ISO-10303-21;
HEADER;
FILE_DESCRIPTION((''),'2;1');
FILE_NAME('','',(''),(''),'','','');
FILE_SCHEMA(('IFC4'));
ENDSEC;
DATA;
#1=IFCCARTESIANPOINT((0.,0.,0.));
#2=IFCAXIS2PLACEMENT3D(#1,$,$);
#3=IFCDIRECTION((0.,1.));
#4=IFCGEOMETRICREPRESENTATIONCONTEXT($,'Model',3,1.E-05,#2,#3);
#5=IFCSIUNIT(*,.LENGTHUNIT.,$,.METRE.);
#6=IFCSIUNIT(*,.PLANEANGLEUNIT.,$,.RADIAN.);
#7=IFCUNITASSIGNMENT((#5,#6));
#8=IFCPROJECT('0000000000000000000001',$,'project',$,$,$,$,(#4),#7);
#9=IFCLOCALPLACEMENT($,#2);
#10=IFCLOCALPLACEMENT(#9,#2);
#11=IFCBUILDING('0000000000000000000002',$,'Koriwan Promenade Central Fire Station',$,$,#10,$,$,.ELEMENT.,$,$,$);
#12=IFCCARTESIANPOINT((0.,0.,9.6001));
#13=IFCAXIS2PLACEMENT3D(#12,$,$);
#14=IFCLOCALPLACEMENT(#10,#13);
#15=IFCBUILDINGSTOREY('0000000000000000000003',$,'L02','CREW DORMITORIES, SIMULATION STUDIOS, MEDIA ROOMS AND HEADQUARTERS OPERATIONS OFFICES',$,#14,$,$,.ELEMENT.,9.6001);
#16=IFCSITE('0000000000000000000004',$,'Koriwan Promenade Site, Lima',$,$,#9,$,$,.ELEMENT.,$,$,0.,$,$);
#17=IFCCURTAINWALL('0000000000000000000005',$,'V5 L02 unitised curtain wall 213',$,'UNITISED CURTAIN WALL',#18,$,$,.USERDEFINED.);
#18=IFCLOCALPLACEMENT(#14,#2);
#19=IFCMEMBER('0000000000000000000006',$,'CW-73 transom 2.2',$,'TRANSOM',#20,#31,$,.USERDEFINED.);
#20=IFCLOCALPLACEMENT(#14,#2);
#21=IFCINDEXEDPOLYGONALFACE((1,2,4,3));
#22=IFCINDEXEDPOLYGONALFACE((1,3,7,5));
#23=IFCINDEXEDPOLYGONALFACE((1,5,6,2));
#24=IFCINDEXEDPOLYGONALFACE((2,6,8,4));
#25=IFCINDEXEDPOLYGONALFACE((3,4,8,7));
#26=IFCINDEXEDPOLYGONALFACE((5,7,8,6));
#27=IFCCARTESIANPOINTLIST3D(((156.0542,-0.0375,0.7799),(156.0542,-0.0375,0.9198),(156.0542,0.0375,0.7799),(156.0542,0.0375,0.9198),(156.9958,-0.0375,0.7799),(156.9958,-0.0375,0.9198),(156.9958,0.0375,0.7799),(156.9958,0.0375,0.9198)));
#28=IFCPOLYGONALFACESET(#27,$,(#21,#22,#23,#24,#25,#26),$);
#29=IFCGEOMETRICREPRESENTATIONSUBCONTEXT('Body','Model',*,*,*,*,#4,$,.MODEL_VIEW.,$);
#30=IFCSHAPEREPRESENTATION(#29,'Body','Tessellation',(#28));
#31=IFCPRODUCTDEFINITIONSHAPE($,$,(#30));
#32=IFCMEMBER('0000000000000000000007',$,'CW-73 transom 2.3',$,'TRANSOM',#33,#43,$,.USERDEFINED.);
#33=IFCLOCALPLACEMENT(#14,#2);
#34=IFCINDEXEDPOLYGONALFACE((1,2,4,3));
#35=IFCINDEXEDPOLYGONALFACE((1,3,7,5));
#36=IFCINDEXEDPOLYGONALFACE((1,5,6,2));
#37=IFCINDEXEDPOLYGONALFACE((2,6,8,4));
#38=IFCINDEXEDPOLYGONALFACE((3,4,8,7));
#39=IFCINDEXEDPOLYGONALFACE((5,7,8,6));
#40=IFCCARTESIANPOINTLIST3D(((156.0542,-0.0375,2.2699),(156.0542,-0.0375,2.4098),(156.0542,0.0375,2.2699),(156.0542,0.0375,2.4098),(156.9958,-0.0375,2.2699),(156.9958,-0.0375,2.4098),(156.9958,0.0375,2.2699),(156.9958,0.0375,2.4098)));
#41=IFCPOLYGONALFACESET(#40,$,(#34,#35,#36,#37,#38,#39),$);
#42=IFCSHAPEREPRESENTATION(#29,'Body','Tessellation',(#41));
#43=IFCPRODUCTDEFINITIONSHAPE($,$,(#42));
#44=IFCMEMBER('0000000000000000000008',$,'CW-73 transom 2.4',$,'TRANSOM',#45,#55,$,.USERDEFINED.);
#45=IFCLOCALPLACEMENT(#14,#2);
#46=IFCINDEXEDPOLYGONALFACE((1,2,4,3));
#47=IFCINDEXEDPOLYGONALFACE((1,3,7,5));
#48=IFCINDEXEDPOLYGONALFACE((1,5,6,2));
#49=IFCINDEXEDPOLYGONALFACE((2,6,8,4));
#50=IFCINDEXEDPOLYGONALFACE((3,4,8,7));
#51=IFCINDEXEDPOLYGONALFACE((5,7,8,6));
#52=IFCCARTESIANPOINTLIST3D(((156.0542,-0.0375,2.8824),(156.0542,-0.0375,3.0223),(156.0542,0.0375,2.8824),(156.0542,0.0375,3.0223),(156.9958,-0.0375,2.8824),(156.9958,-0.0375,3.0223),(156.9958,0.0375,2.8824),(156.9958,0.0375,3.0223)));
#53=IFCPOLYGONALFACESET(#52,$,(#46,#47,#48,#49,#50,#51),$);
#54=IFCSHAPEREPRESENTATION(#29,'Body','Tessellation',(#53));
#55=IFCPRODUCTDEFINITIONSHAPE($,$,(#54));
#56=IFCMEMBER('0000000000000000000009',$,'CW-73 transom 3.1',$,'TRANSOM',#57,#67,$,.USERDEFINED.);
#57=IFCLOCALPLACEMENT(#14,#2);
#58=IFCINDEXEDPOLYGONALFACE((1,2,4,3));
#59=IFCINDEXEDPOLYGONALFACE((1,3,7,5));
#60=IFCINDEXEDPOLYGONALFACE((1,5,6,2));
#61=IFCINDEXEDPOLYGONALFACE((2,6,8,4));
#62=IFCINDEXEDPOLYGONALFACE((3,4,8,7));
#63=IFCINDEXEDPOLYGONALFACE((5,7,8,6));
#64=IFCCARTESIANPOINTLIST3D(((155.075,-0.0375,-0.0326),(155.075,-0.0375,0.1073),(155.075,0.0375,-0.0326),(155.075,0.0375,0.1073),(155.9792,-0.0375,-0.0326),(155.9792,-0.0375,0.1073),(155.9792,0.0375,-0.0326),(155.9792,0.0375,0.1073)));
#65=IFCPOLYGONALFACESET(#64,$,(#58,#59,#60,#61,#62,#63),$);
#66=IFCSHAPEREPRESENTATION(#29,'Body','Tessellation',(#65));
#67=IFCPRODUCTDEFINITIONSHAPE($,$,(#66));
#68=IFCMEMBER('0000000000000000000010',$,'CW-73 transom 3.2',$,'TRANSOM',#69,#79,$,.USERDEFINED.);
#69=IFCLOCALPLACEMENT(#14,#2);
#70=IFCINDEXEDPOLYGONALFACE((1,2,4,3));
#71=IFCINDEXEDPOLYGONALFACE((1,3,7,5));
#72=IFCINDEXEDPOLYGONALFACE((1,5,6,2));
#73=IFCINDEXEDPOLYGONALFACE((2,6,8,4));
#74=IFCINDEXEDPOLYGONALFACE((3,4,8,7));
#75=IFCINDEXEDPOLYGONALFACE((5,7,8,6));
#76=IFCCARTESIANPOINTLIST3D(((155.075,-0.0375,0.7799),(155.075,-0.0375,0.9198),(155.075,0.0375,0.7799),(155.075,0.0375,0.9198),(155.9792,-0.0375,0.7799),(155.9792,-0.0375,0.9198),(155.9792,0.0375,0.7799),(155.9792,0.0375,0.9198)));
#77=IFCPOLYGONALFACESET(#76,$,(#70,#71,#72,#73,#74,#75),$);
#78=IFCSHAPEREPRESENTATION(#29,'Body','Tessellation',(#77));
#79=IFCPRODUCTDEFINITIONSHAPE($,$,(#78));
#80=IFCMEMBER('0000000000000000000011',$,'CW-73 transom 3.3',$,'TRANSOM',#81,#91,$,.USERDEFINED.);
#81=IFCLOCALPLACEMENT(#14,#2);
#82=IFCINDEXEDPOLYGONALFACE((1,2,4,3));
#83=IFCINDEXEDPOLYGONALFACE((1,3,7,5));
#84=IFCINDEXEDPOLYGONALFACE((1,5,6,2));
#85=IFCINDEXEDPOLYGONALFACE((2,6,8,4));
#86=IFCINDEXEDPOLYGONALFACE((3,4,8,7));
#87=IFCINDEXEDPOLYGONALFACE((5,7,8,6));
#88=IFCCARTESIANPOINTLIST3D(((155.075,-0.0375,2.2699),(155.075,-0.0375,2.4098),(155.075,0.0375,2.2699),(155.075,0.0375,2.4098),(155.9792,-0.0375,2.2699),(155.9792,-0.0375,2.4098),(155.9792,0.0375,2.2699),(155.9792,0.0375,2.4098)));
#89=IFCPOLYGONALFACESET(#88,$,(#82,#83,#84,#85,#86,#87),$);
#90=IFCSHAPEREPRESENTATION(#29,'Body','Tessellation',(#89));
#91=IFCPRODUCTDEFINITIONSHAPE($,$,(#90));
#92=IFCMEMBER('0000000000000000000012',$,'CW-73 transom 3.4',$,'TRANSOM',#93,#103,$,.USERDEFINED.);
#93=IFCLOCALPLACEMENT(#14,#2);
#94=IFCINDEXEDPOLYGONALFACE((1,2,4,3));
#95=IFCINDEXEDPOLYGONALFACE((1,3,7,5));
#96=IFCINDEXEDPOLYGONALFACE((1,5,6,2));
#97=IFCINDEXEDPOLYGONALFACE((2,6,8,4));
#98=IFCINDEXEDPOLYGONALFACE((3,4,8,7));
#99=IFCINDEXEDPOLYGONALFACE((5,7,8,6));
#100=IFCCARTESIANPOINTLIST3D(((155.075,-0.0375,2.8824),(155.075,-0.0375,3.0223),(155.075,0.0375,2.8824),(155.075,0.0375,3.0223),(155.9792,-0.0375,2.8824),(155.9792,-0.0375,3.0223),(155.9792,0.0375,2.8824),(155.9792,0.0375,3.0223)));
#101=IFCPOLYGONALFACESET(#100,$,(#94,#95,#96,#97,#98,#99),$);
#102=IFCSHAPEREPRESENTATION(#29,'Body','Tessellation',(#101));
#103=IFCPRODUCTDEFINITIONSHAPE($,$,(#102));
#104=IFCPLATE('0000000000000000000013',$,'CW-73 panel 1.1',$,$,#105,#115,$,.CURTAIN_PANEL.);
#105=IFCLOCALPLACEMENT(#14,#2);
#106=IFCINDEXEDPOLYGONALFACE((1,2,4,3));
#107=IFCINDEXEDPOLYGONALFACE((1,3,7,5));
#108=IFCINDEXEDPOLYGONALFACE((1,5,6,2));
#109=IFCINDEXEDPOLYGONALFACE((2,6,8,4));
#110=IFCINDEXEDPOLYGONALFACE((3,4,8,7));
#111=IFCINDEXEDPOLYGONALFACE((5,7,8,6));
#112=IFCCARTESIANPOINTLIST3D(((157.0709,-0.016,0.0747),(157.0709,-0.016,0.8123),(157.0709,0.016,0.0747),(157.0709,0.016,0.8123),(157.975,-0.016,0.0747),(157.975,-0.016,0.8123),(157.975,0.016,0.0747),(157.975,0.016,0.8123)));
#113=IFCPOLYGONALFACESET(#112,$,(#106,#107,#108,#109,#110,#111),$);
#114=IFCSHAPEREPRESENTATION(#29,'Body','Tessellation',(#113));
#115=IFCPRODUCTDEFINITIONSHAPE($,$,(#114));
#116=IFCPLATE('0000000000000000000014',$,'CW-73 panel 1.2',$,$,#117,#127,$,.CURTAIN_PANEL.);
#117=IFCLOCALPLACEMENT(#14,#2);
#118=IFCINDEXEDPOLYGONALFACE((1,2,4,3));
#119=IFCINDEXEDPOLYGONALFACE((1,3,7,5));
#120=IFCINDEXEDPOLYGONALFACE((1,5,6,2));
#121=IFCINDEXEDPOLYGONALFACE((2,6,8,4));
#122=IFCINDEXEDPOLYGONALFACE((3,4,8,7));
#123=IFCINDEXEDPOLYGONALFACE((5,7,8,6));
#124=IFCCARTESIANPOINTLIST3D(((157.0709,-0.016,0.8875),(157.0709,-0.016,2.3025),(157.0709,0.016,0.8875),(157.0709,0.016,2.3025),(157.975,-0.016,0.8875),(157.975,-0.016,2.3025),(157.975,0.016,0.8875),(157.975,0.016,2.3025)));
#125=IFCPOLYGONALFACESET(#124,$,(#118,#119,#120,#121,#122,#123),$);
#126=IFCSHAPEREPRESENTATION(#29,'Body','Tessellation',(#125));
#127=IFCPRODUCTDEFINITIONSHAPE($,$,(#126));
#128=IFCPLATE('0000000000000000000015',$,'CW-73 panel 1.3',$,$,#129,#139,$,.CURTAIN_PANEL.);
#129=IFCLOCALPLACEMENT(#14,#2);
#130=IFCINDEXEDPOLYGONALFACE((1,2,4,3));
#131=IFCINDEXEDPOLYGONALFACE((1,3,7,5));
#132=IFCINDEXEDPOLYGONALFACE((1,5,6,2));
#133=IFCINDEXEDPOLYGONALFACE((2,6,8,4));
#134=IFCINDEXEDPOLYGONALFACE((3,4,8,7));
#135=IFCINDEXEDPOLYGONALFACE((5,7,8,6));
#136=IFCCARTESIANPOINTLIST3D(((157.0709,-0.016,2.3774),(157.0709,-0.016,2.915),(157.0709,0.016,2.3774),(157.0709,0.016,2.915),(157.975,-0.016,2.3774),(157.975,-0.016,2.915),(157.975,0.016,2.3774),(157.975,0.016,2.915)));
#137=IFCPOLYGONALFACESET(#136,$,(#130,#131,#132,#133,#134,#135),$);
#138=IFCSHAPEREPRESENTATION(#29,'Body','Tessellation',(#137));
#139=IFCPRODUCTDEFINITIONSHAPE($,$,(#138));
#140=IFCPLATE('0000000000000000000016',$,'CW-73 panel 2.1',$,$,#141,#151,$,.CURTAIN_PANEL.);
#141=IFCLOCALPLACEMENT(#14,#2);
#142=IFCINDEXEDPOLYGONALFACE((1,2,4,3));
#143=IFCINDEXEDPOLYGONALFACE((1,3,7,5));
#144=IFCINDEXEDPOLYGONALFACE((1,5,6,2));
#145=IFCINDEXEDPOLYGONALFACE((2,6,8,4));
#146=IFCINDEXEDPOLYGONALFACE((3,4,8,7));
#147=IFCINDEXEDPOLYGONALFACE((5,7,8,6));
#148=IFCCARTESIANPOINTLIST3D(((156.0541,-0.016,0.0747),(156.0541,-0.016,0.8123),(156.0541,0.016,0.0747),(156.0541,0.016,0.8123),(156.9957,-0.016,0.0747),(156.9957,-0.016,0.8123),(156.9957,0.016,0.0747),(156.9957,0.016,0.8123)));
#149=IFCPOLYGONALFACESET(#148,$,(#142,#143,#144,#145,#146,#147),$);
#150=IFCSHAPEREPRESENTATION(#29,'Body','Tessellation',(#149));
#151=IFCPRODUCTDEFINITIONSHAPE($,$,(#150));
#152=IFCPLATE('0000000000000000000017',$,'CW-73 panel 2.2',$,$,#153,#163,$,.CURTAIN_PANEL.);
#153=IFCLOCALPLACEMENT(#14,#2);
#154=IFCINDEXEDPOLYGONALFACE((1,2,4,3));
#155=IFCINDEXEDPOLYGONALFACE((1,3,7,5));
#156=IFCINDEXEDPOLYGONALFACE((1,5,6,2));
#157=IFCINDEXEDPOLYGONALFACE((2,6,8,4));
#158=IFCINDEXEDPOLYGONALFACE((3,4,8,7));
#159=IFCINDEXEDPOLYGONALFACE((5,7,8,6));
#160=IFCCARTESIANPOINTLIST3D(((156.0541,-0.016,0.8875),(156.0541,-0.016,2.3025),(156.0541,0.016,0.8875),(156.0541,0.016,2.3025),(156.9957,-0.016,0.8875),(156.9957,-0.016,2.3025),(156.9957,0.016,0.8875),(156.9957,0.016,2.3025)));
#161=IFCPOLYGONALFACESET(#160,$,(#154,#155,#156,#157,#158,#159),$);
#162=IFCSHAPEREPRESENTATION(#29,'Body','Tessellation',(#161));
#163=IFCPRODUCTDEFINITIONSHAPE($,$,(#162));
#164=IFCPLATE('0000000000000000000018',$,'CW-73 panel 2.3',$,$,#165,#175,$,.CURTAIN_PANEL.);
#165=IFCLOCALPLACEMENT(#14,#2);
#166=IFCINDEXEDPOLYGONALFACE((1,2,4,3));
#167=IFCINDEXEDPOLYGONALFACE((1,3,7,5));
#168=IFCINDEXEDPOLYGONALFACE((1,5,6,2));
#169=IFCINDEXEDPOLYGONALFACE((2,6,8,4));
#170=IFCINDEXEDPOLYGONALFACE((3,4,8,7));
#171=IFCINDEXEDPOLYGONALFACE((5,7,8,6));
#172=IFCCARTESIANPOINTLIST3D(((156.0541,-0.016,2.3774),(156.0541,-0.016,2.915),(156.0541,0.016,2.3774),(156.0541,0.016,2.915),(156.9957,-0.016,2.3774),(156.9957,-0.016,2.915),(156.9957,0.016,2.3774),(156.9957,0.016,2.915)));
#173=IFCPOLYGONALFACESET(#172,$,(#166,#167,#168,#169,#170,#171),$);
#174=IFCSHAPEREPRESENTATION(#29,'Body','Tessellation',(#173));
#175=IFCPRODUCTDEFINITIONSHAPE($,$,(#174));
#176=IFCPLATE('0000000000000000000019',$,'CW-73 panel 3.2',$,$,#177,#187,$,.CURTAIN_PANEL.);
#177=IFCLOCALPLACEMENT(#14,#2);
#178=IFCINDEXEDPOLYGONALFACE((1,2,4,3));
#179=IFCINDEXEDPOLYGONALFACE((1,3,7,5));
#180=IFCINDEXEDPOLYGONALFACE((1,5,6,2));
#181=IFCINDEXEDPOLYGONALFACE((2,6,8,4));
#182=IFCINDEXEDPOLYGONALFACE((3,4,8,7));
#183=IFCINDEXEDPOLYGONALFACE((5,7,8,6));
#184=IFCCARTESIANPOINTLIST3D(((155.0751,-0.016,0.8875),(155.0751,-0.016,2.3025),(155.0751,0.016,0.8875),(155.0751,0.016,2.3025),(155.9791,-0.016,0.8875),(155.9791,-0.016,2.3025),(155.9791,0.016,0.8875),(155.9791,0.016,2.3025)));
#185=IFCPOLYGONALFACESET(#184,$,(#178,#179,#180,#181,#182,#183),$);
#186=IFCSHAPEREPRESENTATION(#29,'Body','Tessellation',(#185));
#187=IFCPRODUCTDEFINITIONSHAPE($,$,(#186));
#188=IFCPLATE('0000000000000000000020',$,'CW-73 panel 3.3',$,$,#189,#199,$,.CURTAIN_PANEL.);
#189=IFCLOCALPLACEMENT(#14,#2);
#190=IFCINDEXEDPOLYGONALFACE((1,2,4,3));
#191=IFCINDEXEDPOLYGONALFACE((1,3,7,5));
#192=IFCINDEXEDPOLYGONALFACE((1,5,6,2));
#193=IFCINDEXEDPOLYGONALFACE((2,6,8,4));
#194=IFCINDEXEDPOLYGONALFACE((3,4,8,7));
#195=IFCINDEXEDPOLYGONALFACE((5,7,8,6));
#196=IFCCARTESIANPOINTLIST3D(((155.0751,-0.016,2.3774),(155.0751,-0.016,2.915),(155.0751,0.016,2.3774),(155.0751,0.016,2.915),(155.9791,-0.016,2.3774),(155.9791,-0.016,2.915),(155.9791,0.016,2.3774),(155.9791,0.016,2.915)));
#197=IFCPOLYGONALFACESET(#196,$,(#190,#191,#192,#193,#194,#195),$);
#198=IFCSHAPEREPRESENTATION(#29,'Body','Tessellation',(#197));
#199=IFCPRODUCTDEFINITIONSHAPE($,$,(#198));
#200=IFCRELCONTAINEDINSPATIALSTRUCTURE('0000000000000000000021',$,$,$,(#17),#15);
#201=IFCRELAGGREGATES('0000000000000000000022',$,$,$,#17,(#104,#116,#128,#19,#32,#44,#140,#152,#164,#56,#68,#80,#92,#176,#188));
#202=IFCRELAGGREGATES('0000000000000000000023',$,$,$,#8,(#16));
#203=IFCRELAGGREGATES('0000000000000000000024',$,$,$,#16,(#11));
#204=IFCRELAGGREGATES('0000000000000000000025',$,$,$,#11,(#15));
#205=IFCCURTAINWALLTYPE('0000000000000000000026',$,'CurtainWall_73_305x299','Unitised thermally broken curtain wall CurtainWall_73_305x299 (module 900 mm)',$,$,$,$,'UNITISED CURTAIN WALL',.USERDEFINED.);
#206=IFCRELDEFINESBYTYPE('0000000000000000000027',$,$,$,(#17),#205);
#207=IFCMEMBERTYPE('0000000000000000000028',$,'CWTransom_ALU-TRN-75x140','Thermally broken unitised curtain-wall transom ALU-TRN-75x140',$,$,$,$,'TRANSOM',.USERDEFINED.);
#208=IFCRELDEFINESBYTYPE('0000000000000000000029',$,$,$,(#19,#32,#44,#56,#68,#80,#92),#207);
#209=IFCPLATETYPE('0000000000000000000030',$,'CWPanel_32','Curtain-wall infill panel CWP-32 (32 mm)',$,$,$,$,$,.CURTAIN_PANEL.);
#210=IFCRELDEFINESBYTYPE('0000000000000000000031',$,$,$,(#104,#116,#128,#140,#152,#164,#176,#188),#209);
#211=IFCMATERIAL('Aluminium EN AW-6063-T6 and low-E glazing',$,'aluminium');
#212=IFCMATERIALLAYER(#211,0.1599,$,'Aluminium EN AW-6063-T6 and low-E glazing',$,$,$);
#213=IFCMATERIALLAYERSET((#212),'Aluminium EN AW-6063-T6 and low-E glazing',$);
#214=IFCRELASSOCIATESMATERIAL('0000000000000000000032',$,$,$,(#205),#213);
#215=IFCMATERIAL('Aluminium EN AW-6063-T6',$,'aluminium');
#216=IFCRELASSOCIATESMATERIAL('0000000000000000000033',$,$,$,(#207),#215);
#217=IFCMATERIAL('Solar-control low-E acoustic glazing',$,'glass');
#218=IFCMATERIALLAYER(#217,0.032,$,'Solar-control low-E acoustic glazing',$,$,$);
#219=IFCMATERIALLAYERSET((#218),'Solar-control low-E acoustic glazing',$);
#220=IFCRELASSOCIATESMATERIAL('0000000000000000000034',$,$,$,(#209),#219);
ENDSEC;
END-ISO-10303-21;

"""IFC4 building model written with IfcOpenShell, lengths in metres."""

from ifc_helpers import new_model, si_unit, direction, frame, origin, origin_2d, place, context, subcontext, project, spatial, rectangle, extrude, material, layer, layer_set, material_profile, profile_set, type_object, element, aggregate, save


model = new_model("IFC4")

# Units and contexts
model_context = context("Model", 3, precision=1e-05, world=origin(), true_north=direction((0.0, 1.0)))
body_context = subcontext(model_context, "Body", "Model", "MODEL_VIEW")
ifc_project = project(units=[si_unit("LENGTHUNIT", "METRE"), si_unit("PLANEANGLEUNIT", "RADIAN")], contexts=[model_context])

# Site, building, storey
site_placement = place(None, origin())
site = spatial("IfcSite", under=ifc_project, at=site_placement, Name="Koriwan Promenade Site, Lima", CompositionType="ELEMENT", RefElevation=0.0)
building_placement = place(site_placement, origin())
building = spatial("IfcBuilding", under=site, at=building_placement, Name="Koriwan Promenade Central Fire Station", CompositionType="ELEMENT")
storey_placement = place(building_placement, frame((0.0, 0.0, 9.6001)))
storey = spatial("IfcBuildingStorey", under=building, at=storey_placement, Name="L02", Description="CREW DORMITORIES, SIMULATION STUDIOS, MEDIA ROOMS AND HEADQUARTERS OPERATIONS OFFICES", CompositionType="ELEMENT", Elevation=9.6001)

# Curtain wall, members, plates
ifc_material_1 = material(Name="Aluminium EN AW-6063-T6 and low-E glazing", Category="aluminium")
ifc_layer_1 = layer(ifc_material_1, 0.1599, Name="Aluminium EN AW-6063-T6 and low-E glazing")
ifc_layer_set_1 = layer_set([ifc_layer_1], Name="Aluminium EN AW-6063-T6 and low-E glazing")
curtain_wall_type = type_object("IfcCurtainWallType", Name="CurtainWall_73_305x299", Description="Unitised thermally broken curtain wall CurtainWall_73_305x299 (module 900 mm)", ElementType="UNITISED CURTAIN WALL", PredefinedType="USERDEFINED", material=ifc_layer_set_1)
curtain_wall_placement = place(storey_placement, origin())
curtain_wall = element("IfcCurtainWall", 1, at=curtain_wall_placement, inside=storey, type_object=curtain_wall_type, Name="V5 L02 unitised curtain wall 213", ObjectType="UNITISED CURTAIN WALL", PredefinedType="USERDEFINED")
ifc_material_2 = material(Name="Aluminium EN AW-6063-T6", Category="aluminium")
ifc_material_profile_1 = material_profile(ifc_material_2, rectangle(XDim=0.075, YDim=0.1399, at=origin_2d()), Name="ALU-TRN-75x140")
ifc_profile_set_1 = profile_set([ifc_material_profile_1], Name="Aluminium EN AW-6063-T6")
member_type_1 = type_object("IfcMemberType", Name="CWTransom_ALU-TRN-75x140", Description="Thermally broken unitised curtain-wall transom ALU-TRN-75x140", ElementType="TRANSOM", PredefinedType="USERDEFINED", material=ifc_profile_set_1)
member_1_placement = place(storey_placement, frame((156.9958, 0.0, 0.8499), z_axis=(-1.0, 0.0, 0.0), x_axis=(0.0, -1.0, 0.0)))
member_1 = element("IfcMember", 2, at=member_1_placement, type_object=member_type_1, Name="CW-73 transom 2.2", ObjectType="TRANSOM", PredefinedType="USERDEFINED", context=body_context, shape_type="SweptSolid", body=[
    extrude(rectangle(XDim=0.075, YDim=0.1399, at=origin_2d()), origin(), (0.0, 0.0, 1.0), 0.9417),
])
member_2_placement = place(storey_placement, frame((156.9958, 0.0, 2.3398), z_axis=(-1.0, 0.0, 0.0), x_axis=(0.0, -1.0, 0.0)))
member_2 = element("IfcMember", 3, at=member_2_placement, type_object=member_type_1, Name="CW-73 transom 2.3", ObjectType="TRANSOM", PredefinedType="USERDEFINED", context=body_context, shape_type="SweptSolid", body=[
    extrude(rectangle(XDim=0.075, YDim=0.1399, at=origin_2d()), origin(), (0.0, 0.0, 1.0), 0.9417),
])
member_3_placement = place(storey_placement, frame((156.9958, 0.0, 2.9524), z_axis=(-1.0, 0.0, 0.0), x_axis=(0.0, -1.0, 0.0)))
member_3 = element("IfcMember", 4, at=member_3_placement, type_object=member_type_1, Name="CW-73 transom 2.4", ObjectType="TRANSOM", PredefinedType="USERDEFINED", context=body_context, shape_type="SweptSolid", body=[
    extrude(rectangle(XDim=0.075, YDim=0.1399, at=origin_2d()), origin(), (0.0, 0.0, 1.0), 0.9417),
])
member_4_placement = place(storey_placement, frame((155.9792, 0.0, 0.0374), z_axis=(-1.0, 0.0, 0.0), x_axis=(0.0, -1.0, 0.0)))
member_4 = element("IfcMember", 5, at=member_4_placement, type_object=member_type_1, Name="CW-73 transom 3.1", ObjectType="TRANSOM", PredefinedType="USERDEFINED", context=body_context, shape_type="SweptSolid", body=[
    extrude(rectangle(XDim=0.075, YDim=0.1399, at=origin_2d()), origin(), (0.0, 0.0, 1.0), 0.9043),
])
member_5_placement = place(storey_placement, frame((155.9792, 0.0, 0.8499), z_axis=(-1.0, 0.0, 0.0), x_axis=(0.0, -1.0, 0.0)))
member_5 = element("IfcMember", 6, at=member_5_placement, type_object=member_type_1, Name="CW-73 transom 3.2", ObjectType="TRANSOM", PredefinedType="USERDEFINED", context=body_context, shape_type="SweptSolid", body=[
    extrude(rectangle(XDim=0.075, YDim=0.1399, at=origin_2d()), origin(), (0.0, 0.0, 1.0), 0.9043),
])
member_6_placement = place(storey_placement, frame((155.9792, 0.0, 2.3398), z_axis=(-1.0, 0.0, 0.0), x_axis=(0.0, -1.0, 0.0)))
member_6 = element("IfcMember", 7, at=member_6_placement, type_object=member_type_1, Name="CW-73 transom 3.3", ObjectType="TRANSOM", PredefinedType="USERDEFINED", context=body_context, shape_type="SweptSolid", body=[
    extrude(rectangle(XDim=0.075, YDim=0.1399, at=origin_2d()), origin(), (0.0, 0.0, 1.0), 0.9043),
])
member_7_placement = place(storey_placement, frame((155.9792, 0.0, 2.9524), z_axis=(-1.0, 0.0, 0.0), x_axis=(0.0, -1.0, 0.0)))
member_7 = element("IfcMember", 8, at=member_7_placement, type_object=member_type_1, Name="CW-73 transom 3.4", ObjectType="TRANSOM", PredefinedType="USERDEFINED", context=body_context, shape_type="SweptSolid", body=[
    extrude(rectangle(XDim=0.075, YDim=0.1399, at=origin_2d()), origin(), (0.0, 0.0, 1.0), 0.9043),
])
ifc_material_3 = material(Name="Solar-control low-E acoustic glazing", Category="glass")
ifc_layer_2 = layer(ifc_material_3, 0.032, Name="Solar-control low-E acoustic glazing")
ifc_layer_set_2 = layer_set([ifc_layer_2], Name="Solar-control low-E acoustic glazing")
plate_type = type_object("IfcPlateType", Name="CWPanel_32", Description="Curtain-wall infill panel CWP-32 (32 mm)", PredefinedType="CURTAIN_PANEL", material=ifc_layer_set_2)
plate_1_placement = place(storey_placement, frame((157.5229, 0.0, 0.0747), z_axis=(0.0, 0.0, 1.0), x_axis=(-1.0, 0.0, 0.0)))
plate_1 = element("IfcPlate", 9, at=plate_1_placement, type_object=plate_type, Name="CW-73 panel 1.1", PredefinedType="CURTAIN_PANEL", context=body_context, shape_type="SweptSolid", body=[
    extrude(rectangle(XDim=0.9041, YDim=0.032, at=origin_2d()), origin(), (0.0, 0.0, 1.0), 0.7375),
])
plate_2_placement = place(storey_placement, frame((157.5229, 0.0, 0.8875), z_axis=(0.0, 0.0, 1.0), x_axis=(-1.0, 0.0, 0.0)))
plate_2 = element("IfcPlate", 10, at=plate_2_placement, type_object=plate_type, Name="CW-73 panel 1.2", PredefinedType="CURTAIN_PANEL", context=body_context, shape_type="SweptSolid", body=[
    extrude(rectangle(XDim=0.9041, YDim=0.032, at=origin_2d()), origin(), (0.0, 0.0, 1.0), 1.415),
])
plate_3_placement = place(storey_placement, frame((157.5229, 0.0, 2.3774), z_axis=(0.0, 0.0, 1.0), x_axis=(-1.0, 0.0, 0.0)))
plate_3 = element("IfcPlate", 11, at=plate_3_placement, type_object=plate_type, Name="CW-73 panel 1.3", PredefinedType="CURTAIN_PANEL", context=body_context, shape_type="SweptSolid", body=[
    extrude(rectangle(XDim=0.9041, YDim=0.032, at=origin_2d()), origin(), (0.0, 0.0, 1.0), 0.5376),
])
plate_4_placement = place(storey_placement, frame((156.5249, 0.0, 0.0747), z_axis=(0.0, 0.0, 1.0), x_axis=(-1.0, 0.0, 0.0)))
plate_4 = element("IfcPlate", 12, at=plate_4_placement, type_object=plate_type, Name="CW-73 panel 2.1", PredefinedType="CURTAIN_PANEL", context=body_context, shape_type="SweptSolid", body=[
    extrude(rectangle(XDim=0.9417, YDim=0.032, at=origin_2d()), origin(), (0.0, 0.0, 1.0), 0.7375),
])
plate_5_placement = place(storey_placement, frame((156.5249, 0.0, 0.8875), z_axis=(0.0, 0.0, 1.0), x_axis=(-1.0, 0.0, 0.0)))
plate_5 = element("IfcPlate", 13, at=plate_5_placement, type_object=plate_type, Name="CW-73 panel 2.2", PredefinedType="CURTAIN_PANEL", context=body_context, shape_type="SweptSolid", body=[
    extrude(rectangle(XDim=0.9417, YDim=0.032, at=origin_2d()), origin(), (0.0, 0.0, 1.0), 1.415),
])
plate_6_placement = place(storey_placement, frame((156.5249, 0.0, 2.3774), z_axis=(0.0, 0.0, 1.0), x_axis=(-1.0, 0.0, 0.0)))
plate_6 = element("IfcPlate", 14, at=plate_6_placement, type_object=plate_type, Name="CW-73 panel 2.3", PredefinedType="CURTAIN_PANEL", context=body_context, shape_type="SweptSolid", body=[
    extrude(rectangle(XDim=0.9417, YDim=0.032, at=origin_2d()), origin(), (0.0, 0.0, 1.0), 0.5376),
])
plate_7_placement = place(storey_placement, frame((155.5271, 0.0, 0.8875), z_axis=(0.0, 0.0, 1.0), x_axis=(-1.0, 0.0, 0.0)))
plate_7 = element("IfcPlate", 15, at=plate_7_placement, type_object=plate_type, Name="CW-73 panel 3.2", PredefinedType="CURTAIN_PANEL", context=body_context, shape_type="SweptSolid", body=[
    extrude(rectangle(XDim=0.9041, YDim=0.032, at=origin_2d()), origin(), (0.0, 0.0, 1.0), 1.415),
])
plate_8_placement = place(storey_placement, frame((155.5271, 0.0, 2.3774), z_axis=(0.0, 0.0, 1.0), x_axis=(-1.0, 0.0, 0.0)))
plate_8 = element("IfcPlate", 16, at=plate_8_placement, type_object=plate_type, Name="CW-73 panel 3.3", PredefinedType="CURTAIN_PANEL", context=body_context, shape_type="SweptSolid", body=[
    extrude(rectangle(XDim=0.9041, YDim=0.032, at=origin_2d()), origin(), (0.0, 0.0, 1.0), 0.5376),
])
aggregate(curtain_wall, [plate_1, plate_2, plate_3, member_1, member_2, member_3, plate_4, plate_5, plate_6, member_4, member_5, member_6, member_7, plate_7, plate_8])

save(model, "model.ifc")
